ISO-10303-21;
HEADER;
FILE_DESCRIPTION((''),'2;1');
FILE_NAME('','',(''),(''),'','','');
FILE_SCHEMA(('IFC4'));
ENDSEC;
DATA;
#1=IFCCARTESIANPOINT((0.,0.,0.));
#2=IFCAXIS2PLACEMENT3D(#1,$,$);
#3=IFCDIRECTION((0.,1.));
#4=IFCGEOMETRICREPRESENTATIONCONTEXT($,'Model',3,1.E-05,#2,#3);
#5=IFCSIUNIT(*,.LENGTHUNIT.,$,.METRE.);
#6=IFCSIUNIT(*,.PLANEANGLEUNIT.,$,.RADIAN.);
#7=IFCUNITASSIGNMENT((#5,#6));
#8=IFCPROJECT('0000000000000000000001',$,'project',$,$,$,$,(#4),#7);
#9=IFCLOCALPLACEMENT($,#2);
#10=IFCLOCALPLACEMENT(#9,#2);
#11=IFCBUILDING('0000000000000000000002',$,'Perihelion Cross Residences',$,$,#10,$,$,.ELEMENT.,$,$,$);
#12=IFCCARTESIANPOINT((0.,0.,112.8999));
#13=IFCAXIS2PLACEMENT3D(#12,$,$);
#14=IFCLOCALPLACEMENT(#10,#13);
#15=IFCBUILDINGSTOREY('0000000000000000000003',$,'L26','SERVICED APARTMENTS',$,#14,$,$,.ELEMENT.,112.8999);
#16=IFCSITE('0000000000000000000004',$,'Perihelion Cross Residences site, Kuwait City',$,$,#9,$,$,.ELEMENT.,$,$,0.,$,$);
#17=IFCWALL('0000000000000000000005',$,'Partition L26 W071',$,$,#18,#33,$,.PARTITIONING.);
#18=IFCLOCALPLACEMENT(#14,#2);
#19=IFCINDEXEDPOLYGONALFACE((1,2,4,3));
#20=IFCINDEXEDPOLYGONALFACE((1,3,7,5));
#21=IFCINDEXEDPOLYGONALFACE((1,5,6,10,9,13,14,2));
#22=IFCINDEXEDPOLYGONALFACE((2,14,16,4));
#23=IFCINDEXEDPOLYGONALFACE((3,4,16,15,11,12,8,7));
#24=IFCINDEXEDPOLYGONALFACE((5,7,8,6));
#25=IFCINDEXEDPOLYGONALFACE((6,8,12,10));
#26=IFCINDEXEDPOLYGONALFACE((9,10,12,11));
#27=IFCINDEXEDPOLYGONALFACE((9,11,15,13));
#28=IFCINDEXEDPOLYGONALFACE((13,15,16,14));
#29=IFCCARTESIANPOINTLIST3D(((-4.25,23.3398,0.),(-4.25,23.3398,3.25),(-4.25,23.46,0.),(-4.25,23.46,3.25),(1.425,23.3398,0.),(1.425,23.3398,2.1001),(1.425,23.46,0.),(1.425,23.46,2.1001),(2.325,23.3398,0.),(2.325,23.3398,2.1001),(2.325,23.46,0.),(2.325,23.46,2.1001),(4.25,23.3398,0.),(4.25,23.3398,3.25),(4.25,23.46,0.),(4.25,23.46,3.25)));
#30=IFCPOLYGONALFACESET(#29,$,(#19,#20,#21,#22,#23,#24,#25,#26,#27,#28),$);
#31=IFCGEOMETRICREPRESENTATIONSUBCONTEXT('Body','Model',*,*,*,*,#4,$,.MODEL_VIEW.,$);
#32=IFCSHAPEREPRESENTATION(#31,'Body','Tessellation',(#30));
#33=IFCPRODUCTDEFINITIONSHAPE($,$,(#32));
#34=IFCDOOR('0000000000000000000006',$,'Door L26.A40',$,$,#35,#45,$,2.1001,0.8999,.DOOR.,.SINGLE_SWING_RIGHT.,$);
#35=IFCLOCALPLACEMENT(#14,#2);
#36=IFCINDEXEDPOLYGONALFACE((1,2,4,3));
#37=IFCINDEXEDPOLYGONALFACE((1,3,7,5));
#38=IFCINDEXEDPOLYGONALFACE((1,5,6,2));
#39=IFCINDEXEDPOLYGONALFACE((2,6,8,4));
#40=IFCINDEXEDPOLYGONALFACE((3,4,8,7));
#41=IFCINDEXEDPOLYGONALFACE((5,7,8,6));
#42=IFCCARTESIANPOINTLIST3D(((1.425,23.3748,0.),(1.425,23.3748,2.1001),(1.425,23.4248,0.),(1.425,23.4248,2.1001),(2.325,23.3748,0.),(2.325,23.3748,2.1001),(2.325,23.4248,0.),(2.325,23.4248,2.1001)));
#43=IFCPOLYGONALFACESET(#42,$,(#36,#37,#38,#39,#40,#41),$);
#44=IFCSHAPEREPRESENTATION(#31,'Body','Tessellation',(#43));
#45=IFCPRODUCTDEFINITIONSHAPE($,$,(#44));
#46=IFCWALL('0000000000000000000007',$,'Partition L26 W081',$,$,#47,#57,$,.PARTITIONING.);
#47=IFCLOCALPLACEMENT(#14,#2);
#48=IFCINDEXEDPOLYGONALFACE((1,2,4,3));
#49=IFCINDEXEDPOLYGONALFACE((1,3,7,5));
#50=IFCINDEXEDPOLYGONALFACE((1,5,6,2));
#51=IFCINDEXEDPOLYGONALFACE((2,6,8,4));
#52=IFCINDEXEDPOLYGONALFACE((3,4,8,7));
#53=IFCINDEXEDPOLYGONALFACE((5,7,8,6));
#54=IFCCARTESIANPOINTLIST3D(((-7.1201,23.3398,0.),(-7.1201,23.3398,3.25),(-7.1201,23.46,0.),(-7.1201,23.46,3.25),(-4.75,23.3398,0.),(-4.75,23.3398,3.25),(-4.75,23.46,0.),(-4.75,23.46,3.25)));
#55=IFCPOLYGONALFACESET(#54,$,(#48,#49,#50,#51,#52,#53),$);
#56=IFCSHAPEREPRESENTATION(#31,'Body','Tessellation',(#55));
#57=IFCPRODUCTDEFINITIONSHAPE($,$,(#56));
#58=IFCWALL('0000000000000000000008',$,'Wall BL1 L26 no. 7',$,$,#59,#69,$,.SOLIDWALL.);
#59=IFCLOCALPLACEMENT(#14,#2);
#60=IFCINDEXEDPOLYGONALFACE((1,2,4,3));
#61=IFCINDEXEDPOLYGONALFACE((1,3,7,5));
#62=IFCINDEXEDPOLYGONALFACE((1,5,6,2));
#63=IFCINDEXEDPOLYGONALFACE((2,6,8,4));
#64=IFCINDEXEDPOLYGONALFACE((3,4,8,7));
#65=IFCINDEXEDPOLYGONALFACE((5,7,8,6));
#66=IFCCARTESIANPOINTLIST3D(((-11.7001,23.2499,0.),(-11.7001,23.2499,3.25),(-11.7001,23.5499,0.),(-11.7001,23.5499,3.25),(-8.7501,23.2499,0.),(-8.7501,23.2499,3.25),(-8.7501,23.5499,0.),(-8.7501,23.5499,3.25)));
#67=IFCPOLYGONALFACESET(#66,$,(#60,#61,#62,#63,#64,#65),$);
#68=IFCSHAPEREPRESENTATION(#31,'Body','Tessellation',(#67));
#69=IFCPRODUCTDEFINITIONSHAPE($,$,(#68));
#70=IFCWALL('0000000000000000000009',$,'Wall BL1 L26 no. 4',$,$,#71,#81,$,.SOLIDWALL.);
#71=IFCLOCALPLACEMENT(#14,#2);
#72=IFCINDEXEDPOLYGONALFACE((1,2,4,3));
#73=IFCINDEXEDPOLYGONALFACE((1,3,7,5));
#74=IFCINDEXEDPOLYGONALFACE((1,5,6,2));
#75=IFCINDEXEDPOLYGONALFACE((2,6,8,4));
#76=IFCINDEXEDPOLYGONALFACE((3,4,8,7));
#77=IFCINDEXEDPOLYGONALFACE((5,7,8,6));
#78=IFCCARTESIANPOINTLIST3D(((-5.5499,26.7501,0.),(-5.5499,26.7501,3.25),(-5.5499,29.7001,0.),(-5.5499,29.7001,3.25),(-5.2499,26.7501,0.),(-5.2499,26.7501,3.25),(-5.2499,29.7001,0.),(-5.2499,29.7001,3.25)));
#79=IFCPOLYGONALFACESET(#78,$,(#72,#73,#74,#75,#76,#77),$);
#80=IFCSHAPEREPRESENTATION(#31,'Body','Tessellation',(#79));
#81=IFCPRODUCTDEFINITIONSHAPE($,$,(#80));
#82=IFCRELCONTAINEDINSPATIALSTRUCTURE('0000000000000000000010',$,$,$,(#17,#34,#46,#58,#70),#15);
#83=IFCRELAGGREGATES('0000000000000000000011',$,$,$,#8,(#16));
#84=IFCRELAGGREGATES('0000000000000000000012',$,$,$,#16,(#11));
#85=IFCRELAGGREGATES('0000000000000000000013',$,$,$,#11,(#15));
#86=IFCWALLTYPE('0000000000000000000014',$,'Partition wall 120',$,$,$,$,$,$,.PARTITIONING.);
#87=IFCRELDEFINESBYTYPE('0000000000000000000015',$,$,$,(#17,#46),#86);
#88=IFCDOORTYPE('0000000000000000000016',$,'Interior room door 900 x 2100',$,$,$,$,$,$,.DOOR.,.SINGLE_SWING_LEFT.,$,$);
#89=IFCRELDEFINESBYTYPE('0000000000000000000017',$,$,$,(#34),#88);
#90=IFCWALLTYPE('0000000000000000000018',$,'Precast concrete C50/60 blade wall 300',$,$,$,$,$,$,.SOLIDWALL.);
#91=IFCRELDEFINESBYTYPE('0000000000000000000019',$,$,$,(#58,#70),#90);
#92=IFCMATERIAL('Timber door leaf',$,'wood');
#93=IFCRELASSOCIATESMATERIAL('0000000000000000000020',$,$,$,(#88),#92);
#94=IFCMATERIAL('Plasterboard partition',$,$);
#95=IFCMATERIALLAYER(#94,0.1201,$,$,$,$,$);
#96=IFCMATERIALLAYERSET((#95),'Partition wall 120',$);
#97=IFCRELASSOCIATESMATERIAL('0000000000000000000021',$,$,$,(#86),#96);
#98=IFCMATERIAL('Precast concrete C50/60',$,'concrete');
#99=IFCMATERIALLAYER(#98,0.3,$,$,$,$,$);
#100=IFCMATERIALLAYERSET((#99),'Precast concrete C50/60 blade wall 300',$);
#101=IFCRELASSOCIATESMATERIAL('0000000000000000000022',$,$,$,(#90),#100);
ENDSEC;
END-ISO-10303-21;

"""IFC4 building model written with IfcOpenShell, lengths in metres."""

from ifc_helpers import new_model, si_unit, direction, frame, frame_2d, origin, place, context, subcontext, project, spatial, rectangle, extrude, material, layer, layer_set, type_object, element, fill, save


model = new_model("IFC4")

# Units and contexts
model_context = context("Model", 3, precision=1e-05, world=origin(), true_north=direction((0.0, 1.0)))
body_context = subcontext(model_context, "Body", "Model", "MODEL_VIEW")
ifc_project = project(units=[si_unit("LENGTHUNIT", "METRE"), si_unit("PLANEANGLEUNIT", "RADIAN")], contexts=[model_context])

# Site, building, storey
site_placement = place(None, origin())
site = spatial("IfcSite", under=ifc_project, at=site_placement, Name="Perihelion Cross Residences site, Kuwait City", CompositionType="ELEMENT", RefElevation=0.0)
building_placement = place(site_placement, origin())
building = spatial("IfcBuilding", under=site, at=building_placement, Name="Perihelion Cross Residences", CompositionType="ELEMENT")
storey_placement = place(building_placement, frame((0.0, 0.0, 112.8999)))
storey = spatial("IfcBuildingStorey", under=building, at=storey_placement, Name="L26", Description="SERVICED APARTMENTS", CompositionType="ELEMENT", Elevation=112.8999)

# Wall, opening, door
ifc_material_1 = material(Name="Timber door leaf", Category="wood")
door_type_1 = type_object("IfcDoorType", Name="Interior room door 900 x 2100", OperationType="SINGLE_SWING_LEFT", PredefinedType="DOOR", material=ifc_material_1)
ifc_material_2 = material(Name="Plasterboard partition")
ifc_layer_1 = layer(ifc_material_2, 0.1201)
ifc_layer_set_1 = layer_set([ifc_layer_1], Name="Partition wall 120")
wall_type_1 = type_object("IfcWallType", Name="Partition wall 120", PredefinedType="PARTITIONING", material=ifc_layer_set_1)
wall_1_placement = place(storey_placement, frame((-4.25, 23.3999, 0.0), z_axis=(0.0, 0.0, 1.0), x_axis=(1.0, 0.0, 0.0)))
wall_1 = element("IfcWall", 1, at=wall_1_placement, inside=storey, type_object=wall_type_1, Name="Partition L26 W071", PredefinedType="PARTITIONING", context=body_context, shape_type="SweptSolid", body=[
    extrude(rectangle(XDim=8.5, YDim=0.1201, at=frame_2d((4.25, 0.0))), origin(), (0.0, 0.0, 1.0), 3.25),
])
opening_1_placement = place(wall_1_placement, frame((5.675, 0.0, 0.0)))
opening_1 = element("IfcOpeningElement", 2, at=opening_1_placement, cuts=wall_1, PredefinedType="OPENING", context=body_context, shape_type="SweptSolid", body=[
    extrude(rectangle(XDim=0.8999, YDim=2.1001, at=frame_2d((0.45, 1.05))), frame((0.0, 0.0701, 0.0), z_axis=(0.0, -1.0, 0.0), x_axis=(1.0, 0.0, 0.0)), (0.0, 0.0, 1.0), 0.1401),
])
door_1_placement = place(opening_1_placement, origin())
door_1 = element("IfcDoor", 3, at=door_1_placement, inside=storey, type_object=door_type_1, Name="Door L26.A40", OperationType="SINGLE_SWING_RIGHT", OverallHeight=2.1001, OverallWidth=0.8999, PredefinedType="DOOR", context=body_context, shape_type="SweptSolid", body=[
    extrude(rectangle(XDim=0.8999, YDim=2.1001, at=frame_2d((0.45, 1.05))), frame((0.0, 0.0249, 0.0), z_axis=(0.0, -1.0, 0.0), x_axis=(1.0, 0.0, 0.0)), (0.0, 0.0, 1.0), 0.05),
])
fill(opening_1, door_1)

# Walls
wall_2_placement = place(storey_placement, frame((-7.1201, 23.3999, 0.0), z_axis=(0.0, 0.0, 1.0), x_axis=(1.0, 0.0, 0.0)))
element("IfcWall", 4, at=wall_2_placement, inside=storey, type_object=wall_type_1, Name="Partition L26 W081", PredefinedType="PARTITIONING", context=body_context, shape_type="SweptSolid", body=[
    extrude(rectangle(XDim=2.3701, YDim=0.1201, at=frame_2d((1.1851, 0.0))), origin(), (0.0, 0.0, 1.0), 3.25),
])
ifc_material_3 = material(Name="Precast concrete C50/60", Category="concrete")
ifc_layer_2 = layer(ifc_material_3, 0.3)
ifc_layer_set_2 = layer_set([ifc_layer_2], Name="Precast concrete C50/60 blade wall 300")
wall_type_2 = type_object("IfcWallType", Name="Precast concrete C50/60 blade wall 300", PredefinedType="SOLIDWALL", material=ifc_layer_set_2)
for number, where, z_axis, x_axis, name in (
    (5, (-8.75, 23.3999, 0.0), (0.0, 0.0, 1.0), (-1.0, 0.0, 0.0), "Wall BL1 L26 no. 7"),
    (6, (-5.3999, 26.75, 0.0), (0.0, 0.0, 1.0), (0.0, 1.0, 0.0), "Wall BL1 L26 no. 4"),
):
    element("IfcWall", number, at=place(storey_placement, frame(where, z_axis=z_axis, x_axis=x_axis)), inside=storey, type_object=wall_type_2, Name=name, PredefinedType="SOLIDWALL", context=body_context, shape_type="SweptSolid", body=[
        extrude(rectangle(XDim=2.95, YDim=0.3, at=frame_2d((1.4751, 0.0))), origin(), (0.0, 0.0, 1.0), 3.25),
    ])

save(model, "model.ifc")
